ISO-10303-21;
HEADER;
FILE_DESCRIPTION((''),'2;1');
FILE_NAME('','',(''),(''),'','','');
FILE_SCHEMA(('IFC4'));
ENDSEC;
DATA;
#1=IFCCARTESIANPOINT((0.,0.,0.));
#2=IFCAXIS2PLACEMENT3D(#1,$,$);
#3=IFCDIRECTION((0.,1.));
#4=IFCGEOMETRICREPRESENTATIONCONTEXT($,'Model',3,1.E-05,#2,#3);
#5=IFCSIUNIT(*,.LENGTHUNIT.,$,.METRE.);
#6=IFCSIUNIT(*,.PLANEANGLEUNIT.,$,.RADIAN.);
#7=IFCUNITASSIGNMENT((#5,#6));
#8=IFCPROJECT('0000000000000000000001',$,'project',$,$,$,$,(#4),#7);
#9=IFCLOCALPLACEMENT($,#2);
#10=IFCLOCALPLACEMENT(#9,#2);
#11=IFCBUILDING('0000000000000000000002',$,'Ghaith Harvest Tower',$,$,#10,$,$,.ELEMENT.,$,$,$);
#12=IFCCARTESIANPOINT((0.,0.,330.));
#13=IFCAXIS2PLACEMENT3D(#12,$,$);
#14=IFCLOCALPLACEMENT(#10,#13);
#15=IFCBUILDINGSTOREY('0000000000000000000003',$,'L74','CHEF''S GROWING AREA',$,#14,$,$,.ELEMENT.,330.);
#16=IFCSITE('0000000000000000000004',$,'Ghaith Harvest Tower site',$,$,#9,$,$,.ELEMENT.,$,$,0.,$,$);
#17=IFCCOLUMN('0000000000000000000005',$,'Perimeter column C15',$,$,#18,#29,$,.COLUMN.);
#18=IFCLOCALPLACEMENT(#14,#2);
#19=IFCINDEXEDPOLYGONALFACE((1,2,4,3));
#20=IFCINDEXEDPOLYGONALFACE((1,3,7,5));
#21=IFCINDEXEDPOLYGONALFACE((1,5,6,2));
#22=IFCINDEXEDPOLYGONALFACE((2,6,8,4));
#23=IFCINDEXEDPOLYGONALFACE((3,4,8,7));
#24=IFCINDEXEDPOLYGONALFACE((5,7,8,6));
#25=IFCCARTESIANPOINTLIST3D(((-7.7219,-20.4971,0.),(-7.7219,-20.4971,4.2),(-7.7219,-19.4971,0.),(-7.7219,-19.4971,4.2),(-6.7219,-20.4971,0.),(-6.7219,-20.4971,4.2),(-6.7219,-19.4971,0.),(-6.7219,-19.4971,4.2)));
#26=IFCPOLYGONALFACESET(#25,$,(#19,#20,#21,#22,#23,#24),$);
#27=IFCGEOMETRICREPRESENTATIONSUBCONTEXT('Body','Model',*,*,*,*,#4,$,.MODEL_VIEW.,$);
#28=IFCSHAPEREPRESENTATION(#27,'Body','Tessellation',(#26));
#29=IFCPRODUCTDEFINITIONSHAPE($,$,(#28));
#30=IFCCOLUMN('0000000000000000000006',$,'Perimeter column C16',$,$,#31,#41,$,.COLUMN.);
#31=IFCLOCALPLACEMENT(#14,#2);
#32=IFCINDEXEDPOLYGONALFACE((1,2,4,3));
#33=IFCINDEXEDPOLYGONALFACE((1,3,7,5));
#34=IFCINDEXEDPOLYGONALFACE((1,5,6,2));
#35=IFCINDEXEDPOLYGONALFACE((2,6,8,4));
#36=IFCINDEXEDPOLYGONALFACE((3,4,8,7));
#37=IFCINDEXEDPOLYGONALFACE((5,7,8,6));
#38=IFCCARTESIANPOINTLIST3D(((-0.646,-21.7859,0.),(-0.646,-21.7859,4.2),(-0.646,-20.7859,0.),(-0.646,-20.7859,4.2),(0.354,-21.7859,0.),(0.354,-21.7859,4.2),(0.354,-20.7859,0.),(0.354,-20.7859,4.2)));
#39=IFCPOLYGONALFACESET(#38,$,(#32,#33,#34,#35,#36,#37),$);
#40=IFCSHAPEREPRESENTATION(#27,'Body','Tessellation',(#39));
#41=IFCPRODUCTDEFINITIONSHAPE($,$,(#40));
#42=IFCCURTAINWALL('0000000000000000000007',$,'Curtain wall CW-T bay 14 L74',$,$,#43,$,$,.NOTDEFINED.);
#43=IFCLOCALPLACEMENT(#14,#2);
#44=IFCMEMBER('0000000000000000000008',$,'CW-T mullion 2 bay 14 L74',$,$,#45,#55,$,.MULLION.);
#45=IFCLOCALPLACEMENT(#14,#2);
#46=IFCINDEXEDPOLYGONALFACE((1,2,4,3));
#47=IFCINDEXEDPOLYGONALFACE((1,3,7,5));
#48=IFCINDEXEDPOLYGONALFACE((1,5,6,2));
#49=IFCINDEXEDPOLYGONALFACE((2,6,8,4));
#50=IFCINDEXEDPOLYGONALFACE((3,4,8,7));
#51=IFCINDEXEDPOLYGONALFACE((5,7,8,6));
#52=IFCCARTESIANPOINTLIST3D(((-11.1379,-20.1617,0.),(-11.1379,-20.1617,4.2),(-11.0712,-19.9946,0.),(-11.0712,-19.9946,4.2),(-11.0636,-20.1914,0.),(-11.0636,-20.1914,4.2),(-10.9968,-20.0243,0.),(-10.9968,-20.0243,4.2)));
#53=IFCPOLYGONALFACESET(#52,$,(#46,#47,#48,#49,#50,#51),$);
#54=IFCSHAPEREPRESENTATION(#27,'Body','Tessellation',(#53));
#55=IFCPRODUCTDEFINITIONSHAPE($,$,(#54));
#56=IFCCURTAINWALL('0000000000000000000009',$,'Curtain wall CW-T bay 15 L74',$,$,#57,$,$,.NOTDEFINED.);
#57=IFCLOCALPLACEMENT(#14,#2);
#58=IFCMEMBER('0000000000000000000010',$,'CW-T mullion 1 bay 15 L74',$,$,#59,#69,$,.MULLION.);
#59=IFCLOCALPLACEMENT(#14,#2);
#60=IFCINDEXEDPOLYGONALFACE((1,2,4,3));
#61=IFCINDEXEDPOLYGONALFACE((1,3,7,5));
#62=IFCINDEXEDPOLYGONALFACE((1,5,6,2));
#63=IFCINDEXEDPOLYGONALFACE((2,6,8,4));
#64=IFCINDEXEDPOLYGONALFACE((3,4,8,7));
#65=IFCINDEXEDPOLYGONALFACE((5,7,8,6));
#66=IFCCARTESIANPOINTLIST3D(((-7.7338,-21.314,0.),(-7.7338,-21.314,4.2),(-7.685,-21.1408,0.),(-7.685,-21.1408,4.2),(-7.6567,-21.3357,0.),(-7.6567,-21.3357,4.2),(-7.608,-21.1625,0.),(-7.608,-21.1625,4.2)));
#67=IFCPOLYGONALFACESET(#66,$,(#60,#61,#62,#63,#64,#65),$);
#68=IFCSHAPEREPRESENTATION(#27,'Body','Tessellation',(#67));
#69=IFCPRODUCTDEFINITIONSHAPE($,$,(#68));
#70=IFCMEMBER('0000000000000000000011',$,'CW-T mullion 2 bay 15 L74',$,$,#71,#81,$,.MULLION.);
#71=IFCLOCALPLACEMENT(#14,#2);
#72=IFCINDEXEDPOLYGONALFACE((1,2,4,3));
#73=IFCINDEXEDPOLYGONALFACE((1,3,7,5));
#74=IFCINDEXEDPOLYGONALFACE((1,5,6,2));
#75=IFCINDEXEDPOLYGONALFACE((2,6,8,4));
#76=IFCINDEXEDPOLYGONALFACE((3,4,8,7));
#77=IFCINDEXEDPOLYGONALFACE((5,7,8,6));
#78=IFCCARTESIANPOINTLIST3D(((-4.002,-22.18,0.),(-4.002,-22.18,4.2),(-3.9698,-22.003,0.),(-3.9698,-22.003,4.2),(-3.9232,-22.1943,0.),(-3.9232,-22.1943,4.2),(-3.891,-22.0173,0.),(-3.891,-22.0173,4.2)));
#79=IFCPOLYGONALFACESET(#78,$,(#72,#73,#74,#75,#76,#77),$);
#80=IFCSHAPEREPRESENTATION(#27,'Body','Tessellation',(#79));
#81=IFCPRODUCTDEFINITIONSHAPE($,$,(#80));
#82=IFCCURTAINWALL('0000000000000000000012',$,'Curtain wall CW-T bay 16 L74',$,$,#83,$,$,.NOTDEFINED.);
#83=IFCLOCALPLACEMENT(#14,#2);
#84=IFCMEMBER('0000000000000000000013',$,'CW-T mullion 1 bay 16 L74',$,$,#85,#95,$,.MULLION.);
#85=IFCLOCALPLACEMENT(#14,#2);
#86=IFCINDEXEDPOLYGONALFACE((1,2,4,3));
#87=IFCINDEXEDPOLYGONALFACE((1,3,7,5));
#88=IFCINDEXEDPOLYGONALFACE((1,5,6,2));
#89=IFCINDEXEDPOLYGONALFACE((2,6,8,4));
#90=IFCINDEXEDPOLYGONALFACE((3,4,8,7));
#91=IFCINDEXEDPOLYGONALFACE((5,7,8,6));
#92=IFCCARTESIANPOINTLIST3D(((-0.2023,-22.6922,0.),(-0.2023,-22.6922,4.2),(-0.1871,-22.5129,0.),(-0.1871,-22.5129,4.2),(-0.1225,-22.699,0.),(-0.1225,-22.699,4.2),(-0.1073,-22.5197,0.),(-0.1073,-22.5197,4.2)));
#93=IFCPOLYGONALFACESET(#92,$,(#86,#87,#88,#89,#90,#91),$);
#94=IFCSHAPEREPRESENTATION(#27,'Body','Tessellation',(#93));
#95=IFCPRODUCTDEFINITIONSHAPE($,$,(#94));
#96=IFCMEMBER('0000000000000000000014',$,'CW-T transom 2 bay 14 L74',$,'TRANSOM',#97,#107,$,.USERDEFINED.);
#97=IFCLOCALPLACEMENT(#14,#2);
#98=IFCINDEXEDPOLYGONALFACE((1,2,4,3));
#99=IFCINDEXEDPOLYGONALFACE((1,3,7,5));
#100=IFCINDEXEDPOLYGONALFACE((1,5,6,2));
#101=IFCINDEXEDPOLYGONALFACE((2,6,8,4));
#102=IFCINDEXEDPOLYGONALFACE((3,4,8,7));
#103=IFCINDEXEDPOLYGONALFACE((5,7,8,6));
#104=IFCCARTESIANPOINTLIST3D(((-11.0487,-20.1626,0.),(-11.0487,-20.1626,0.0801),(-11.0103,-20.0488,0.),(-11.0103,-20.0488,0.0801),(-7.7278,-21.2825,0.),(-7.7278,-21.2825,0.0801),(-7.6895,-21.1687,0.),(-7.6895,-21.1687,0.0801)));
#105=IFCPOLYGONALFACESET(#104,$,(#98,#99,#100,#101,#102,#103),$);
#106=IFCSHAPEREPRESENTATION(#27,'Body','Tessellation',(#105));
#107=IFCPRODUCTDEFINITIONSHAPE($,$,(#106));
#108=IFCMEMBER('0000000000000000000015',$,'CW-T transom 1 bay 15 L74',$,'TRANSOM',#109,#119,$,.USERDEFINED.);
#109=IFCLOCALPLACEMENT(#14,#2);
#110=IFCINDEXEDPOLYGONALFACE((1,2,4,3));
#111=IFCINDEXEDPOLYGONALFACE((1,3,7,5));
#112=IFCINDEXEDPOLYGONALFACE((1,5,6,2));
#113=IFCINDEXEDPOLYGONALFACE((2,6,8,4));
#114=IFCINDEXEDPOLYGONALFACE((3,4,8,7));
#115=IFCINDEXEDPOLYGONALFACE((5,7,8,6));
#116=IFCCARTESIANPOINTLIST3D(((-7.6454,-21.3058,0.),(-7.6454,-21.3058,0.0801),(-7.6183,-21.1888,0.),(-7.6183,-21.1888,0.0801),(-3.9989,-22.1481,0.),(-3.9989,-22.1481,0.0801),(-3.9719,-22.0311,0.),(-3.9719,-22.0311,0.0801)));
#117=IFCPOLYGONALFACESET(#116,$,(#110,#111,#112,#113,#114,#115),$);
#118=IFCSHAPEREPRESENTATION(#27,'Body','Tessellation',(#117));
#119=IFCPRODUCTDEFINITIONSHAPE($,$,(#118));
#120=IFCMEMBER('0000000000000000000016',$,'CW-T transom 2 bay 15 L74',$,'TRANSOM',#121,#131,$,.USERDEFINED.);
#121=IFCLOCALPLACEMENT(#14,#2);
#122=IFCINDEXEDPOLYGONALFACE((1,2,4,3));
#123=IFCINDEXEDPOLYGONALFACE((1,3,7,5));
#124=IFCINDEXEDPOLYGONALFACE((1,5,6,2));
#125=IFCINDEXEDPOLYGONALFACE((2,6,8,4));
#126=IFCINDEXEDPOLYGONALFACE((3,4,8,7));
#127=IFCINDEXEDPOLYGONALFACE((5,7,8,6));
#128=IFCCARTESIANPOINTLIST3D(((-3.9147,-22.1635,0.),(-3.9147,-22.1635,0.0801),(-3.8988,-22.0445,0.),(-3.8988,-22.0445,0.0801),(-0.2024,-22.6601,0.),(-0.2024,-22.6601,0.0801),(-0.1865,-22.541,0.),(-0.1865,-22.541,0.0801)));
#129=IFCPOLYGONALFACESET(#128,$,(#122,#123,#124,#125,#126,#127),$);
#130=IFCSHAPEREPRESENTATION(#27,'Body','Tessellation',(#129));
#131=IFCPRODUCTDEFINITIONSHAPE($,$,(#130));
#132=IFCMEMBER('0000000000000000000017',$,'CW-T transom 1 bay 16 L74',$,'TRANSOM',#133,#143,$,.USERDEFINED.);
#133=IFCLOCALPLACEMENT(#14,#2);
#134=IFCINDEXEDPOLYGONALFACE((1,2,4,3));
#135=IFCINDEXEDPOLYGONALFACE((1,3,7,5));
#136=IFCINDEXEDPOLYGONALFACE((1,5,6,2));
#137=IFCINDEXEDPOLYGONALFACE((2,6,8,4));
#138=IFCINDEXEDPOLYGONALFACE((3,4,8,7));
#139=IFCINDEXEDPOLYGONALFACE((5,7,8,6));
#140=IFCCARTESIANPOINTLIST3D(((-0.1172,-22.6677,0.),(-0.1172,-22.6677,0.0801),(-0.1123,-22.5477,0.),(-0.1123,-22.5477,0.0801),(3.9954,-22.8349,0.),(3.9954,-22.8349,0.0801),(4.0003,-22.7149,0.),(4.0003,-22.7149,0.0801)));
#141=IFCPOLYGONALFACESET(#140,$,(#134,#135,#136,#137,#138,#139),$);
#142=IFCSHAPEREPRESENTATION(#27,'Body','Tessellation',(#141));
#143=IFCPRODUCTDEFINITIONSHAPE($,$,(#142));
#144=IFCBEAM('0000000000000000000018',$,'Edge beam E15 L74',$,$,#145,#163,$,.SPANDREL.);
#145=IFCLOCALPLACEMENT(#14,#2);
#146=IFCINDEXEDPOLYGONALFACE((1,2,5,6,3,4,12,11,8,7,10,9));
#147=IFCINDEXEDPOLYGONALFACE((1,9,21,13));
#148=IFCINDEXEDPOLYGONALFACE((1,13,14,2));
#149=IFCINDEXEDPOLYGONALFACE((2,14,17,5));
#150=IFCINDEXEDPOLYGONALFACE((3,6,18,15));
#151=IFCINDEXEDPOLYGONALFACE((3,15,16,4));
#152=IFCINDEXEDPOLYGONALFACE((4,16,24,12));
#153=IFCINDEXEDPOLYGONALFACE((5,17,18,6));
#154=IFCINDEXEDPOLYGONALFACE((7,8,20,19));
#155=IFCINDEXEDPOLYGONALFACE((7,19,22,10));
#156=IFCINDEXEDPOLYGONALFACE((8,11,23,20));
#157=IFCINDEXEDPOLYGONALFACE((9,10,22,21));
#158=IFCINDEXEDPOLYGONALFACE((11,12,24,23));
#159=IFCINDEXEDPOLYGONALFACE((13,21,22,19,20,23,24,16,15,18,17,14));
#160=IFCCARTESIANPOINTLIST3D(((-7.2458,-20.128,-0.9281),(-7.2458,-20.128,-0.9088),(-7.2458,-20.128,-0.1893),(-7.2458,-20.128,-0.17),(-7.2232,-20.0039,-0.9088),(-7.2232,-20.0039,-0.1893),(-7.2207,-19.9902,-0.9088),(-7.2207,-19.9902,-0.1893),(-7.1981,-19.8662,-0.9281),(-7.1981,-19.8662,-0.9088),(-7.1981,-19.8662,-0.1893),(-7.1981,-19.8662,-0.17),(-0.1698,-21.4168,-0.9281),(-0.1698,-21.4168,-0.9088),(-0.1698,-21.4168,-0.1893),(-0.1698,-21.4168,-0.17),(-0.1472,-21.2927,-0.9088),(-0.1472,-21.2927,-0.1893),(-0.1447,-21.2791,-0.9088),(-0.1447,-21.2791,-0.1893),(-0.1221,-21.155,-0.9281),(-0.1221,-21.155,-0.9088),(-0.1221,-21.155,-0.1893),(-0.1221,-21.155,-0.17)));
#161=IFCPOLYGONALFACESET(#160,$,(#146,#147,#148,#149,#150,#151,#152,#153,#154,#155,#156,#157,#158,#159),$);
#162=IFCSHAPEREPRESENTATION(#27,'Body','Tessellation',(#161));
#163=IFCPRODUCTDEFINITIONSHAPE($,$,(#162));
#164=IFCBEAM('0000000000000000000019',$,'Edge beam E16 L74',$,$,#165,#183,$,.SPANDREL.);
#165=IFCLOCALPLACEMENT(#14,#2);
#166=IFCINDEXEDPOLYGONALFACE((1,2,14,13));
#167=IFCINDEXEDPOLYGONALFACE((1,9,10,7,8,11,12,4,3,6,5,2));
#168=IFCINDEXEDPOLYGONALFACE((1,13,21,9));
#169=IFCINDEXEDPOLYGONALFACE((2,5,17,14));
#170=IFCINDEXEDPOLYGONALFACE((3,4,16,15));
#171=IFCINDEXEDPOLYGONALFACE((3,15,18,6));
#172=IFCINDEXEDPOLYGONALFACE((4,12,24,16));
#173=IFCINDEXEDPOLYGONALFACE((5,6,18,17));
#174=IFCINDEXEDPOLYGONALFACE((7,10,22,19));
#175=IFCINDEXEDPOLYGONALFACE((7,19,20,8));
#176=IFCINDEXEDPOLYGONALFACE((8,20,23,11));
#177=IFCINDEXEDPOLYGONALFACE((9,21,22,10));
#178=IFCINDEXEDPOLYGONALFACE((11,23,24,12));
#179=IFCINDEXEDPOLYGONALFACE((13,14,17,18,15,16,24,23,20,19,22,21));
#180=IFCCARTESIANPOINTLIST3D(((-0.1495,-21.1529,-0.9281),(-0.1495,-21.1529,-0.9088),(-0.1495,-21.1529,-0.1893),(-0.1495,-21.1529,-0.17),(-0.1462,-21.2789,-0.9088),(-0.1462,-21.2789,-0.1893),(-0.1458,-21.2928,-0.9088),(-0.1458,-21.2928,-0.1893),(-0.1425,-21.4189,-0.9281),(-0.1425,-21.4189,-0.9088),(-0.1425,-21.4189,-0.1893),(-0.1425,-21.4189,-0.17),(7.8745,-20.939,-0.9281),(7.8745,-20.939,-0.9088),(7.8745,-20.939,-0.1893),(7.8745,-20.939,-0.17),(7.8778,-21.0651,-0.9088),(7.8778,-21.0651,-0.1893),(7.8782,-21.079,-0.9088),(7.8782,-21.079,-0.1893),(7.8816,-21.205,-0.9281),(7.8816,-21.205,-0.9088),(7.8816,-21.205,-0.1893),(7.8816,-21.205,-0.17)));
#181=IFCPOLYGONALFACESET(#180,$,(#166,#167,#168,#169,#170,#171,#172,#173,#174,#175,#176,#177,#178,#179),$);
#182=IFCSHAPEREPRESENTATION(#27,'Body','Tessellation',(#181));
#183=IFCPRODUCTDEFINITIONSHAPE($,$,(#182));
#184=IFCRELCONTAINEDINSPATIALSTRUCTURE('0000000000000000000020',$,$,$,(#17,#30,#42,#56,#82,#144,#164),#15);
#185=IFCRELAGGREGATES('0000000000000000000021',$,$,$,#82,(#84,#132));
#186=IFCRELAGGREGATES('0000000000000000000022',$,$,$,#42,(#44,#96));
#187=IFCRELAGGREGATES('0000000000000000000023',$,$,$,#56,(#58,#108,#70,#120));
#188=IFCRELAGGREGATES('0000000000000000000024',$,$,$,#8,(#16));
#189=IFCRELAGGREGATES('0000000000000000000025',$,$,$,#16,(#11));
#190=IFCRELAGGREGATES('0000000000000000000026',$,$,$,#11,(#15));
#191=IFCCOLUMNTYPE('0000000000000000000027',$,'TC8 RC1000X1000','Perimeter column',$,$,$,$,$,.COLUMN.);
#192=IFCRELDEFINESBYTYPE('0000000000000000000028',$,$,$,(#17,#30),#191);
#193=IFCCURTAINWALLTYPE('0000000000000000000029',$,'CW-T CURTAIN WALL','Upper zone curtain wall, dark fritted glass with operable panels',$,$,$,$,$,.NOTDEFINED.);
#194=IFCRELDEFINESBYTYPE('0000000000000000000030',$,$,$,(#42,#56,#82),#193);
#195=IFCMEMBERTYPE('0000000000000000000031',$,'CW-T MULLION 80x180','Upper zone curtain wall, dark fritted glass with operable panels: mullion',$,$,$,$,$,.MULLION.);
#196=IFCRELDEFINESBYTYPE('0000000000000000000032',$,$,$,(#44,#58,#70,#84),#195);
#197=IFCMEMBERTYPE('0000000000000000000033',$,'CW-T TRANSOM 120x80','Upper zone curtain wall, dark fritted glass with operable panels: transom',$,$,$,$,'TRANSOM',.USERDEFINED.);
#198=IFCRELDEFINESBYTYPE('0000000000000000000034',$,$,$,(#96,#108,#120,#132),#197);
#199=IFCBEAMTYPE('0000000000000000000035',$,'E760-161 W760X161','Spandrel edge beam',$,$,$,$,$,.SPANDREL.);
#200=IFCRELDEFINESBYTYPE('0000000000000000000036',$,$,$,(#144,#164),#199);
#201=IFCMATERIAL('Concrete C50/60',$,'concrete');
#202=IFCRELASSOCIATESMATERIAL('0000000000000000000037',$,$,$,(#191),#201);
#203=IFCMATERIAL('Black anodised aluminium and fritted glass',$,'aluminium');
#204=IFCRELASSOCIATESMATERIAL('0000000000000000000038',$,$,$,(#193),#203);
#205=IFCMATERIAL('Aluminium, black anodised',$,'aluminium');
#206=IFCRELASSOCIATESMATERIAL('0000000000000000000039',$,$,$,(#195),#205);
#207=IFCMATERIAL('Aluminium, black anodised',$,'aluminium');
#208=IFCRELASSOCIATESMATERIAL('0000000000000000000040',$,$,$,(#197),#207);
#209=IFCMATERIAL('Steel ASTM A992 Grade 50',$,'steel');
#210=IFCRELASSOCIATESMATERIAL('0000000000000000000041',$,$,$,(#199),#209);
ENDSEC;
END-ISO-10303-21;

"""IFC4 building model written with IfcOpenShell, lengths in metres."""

from ifc_helpers import new_model, si_unit, direction, frame, origin, origin_2d, place, context, subcontext, project, spatial, rectangle, i_section, extrude, material, material_profile, profile_set, type_object, element, aggregate, save


model = new_model("IFC4")

# Units and contexts
model_context = context("Model", 3, precision=1e-05, world=origin(), true_north=direction((0.0, 1.0)))
body_context = subcontext(model_context, "Body", "Model", "MODEL_VIEW")
ifc_project = project(units=[si_unit("LENGTHUNIT", "METRE"), si_unit("PLANEANGLEUNIT", "RADIAN")], contexts=[model_context])

# Site, building, storey
site_placement = place(None, origin())
site = spatial("IfcSite", under=ifc_project, at=site_placement, Name="Ghaith Harvest Tower site", CompositionType="ELEMENT", RefElevation=0.0)
building_placement = place(site_placement, origin())
building = spatial("IfcBuilding", under=site, at=building_placement, Name="Ghaith Harvest Tower", CompositionType="ELEMENT")
storey_placement = place(building_placement, frame((0.0, 0.0, 330.0)))
storey = spatial("IfcBuildingStorey", under=building, at=storey_placement, Name="L74", Description="CHEF'S GROWING AREA", CompositionType="ELEMENT", Elevation=330.0)

# Columns
ifc_material_1 = material(Name="Concrete C50/60", Category="concrete")
ifc_material_profile_1 = material_profile(ifc_material_1, rectangle(XDim=1.0, YDim=1.0, at=origin_2d()), Name="RC1000X1000")
ifc_profile_set_1 = profile_set([ifc_material_profile_1], Name="Concrete C50/60")
column_type = type_object("IfcColumnType", Name="TC8 RC1000X1000", Description="Perimeter column", PredefinedType="COLUMN", material=ifc_profile_set_1)
for number, where, z_axis, x_axis, name in (
    (1, (-7.2219, -19.9971, 0.0), (0.0, 0.0, 1.0), (1.0, 0.0, 0.0), "Perimeter column C15"),
    (2, (-0.146, -21.2859, 0.0), (0.0, 0.0, 1.0), (1.0, 0.0, 0.0), "Perimeter column C16"),
):
    element("IfcColumn", number, at=place(storey_placement, frame(where, z_axis=z_axis, x_axis=x_axis)), inside=storey, type_object=column_type, Name=name, PredefinedType="COLUMN", context=body_context, shape_type="SweptSolid", body=[
        extrude(rectangle(XDim=1.0, YDim=1.0, at=origin_2d()), origin(), (0.0, 0.0, 1.0), 4.2),
    ])

# Curtain wall, member
ifc_material_2 = material(Name="Black anodised aluminium and fritted glass", Category="aluminium")
curtain_wall_type = type_object("IfcCurtainWallType", Name="CW-T CURTAIN WALL", Description="Upper zone curtain wall, dark fritted glass with operable panels", PredefinedType="NOTDEFINED", material=ifc_material_2)
curtain_wall_1_placement = place(storey_placement, origin())
curtain_wall_1 = element("IfcCurtainWall", 3, at=curtain_wall_1_placement, inside=storey, type_object=curtain_wall_type, Name="Curtain wall CW-T bay 14 L74", PredefinedType="NOTDEFINED")
ifc_material_3 = material(Name="Aluminium, black anodised", Category="aluminium")
ifc_material_profile_2 = material_profile(ifc_material_3, rectangle(XDim=0.0801, YDim=0.1799, at=origin_2d()), Name="CW-T MULLION 80x180")
ifc_profile_set_2 = profile_set([ifc_material_profile_2], Name="Aluminium, black anodised")
member_type_1 = type_object("IfcMemberType", Name="CW-T MULLION 80x180", Description="Upper zone curtain wall, dark fritted glass with operable panels: mullion", PredefinedType="MULLION", material=ifc_profile_set_2)
member_1_placement = place(storey_placement, frame((-11.0674, -20.093, 0.0), z_axis=(0.0, 0.0, 1.0), x_axis=(0.928624, -0.371021, 0.0)))
member_1 = element("IfcMember", 4, at=member_1_placement, type_object=member_type_1, Name="CW-T mullion 2 bay 14 L74", PredefinedType="MULLION", context=body_context, shape_type="SweptSolid", body=[
    extrude(rectangle(XDim=0.0801, YDim=0.1799, at=origin_2d()), origin(), (0.0, 0.0, 1.0), 4.2),
])

# Curtain wall, members
curtain_wall_2_placement = place(storey_placement, origin())
curtain_wall_2 = element("IfcCurtainWall", 5, at=curtain_wall_2_placement, inside=storey, type_object=curtain_wall_type, Name="Curtain wall CW-T bay 15 L74", PredefinedType="NOTDEFINED")
member_2_placement = place(storey_placement, frame((-7.6709, -21.2383, 0.0), z_axis=(0.0, 0.0, 1.0), x_axis=(0.962552, -0.271095, 0.0)))
member_2 = element("IfcMember", 6, at=member_2_placement, type_object=member_type_1, Name="CW-T mullion 1 bay 15 L74", PredefinedType="MULLION", context=body_context, shape_type="SweptSolid", body=[
    extrude(rectangle(XDim=0.0801, YDim=0.1799, at=origin_2d()), origin(), (0.0, 0.0, 1.0), 4.2),
])
member_3_placement = place(storey_placement, frame((-3.9465, -22.0986, 0.0), z_axis=(0.0, 0.0, 1.0), x_axis=(0.983843, -0.179031, 0.0)))
member_3 = element("IfcMember", 7, at=member_3_placement, type_object=member_type_1, Name="CW-T mullion 2 bay 15 L74", PredefinedType="MULLION", context=body_context, shape_type="SweptSolid", body=[
    extrude(rectangle(XDim=0.0801, YDim=0.1799, at=origin_2d()), origin(), (0.0, 0.0, 1.0), 4.2),
])

# Curtain wall, member
curtain_wall_3_placement = place(storey_placement, origin())
curtain_wall_3 = element("IfcCurtainWall", 8, at=curtain_wall_3_placement, inside=storey, type_object=curtain_wall_type, Name="Curtain wall CW-T bay 16 L74", PredefinedType="NOTDEFINED")
member_4_placement = place(storey_placement, frame((-0.1548, -22.606, 0.0), z_axis=(0.0, 0.0, 1.0), x_axis=(0.996415, -0.084602, 0.0)))
member_4 = element("IfcMember", 9, at=member_4_placement, type_object=member_type_1, Name="CW-T mullion 1 bay 16 L74", PredefinedType="MULLION", context=body_context, shape_type="SweptSolid", body=[
    extrude(rectangle(XDim=0.0801, YDim=0.1799, at=origin_2d()), origin(), (0.0, 0.0, 1.0), 4.2),
])

# Members
ifc_material_4 = material(Name="Aluminium, black anodised", Category="aluminium")
ifc_material_profile_3 = material_profile(ifc_material_4, rectangle(XDim=0.1201, YDim=0.0801, at=origin_2d()), Name="CW-T TRANSOM 120x80")
ifc_profile_set_3 = profile_set([ifc_material_profile_3], Name="Aluminium, black anodised")
member_type_2 = type_object("IfcMemberType", Name="CW-T TRANSOM 120x80", Description="Upper zone curtain wall, dark fritted glass with operable panels: transom", ElementType="TRANSOM", PredefinedType="USERDEFINED", material=ifc_profile_set_3)
member_5_placement = place(storey_placement, frame((-11.0295, -20.1057, 0.04), z_axis=(0.94757, -0.319549, 0.0), x_axis=(0.319549, 0.94757, 0.0)))
member_5 = element("IfcMember", 10, at=member_5_placement, type_object=member_type_2, Name="CW-T transom 2 bay 14 L74", ObjectType="TRANSOM", PredefinedType="USERDEFINED", context=body_context, shape_type="SweptSolid", body=[
    extrude(rectangle(XDim=0.1201, YDim=0.0801, at=origin_2d()), origin(), (0.0, 0.0, 1.0), 3.5046),
])
member_6_placement = place(storey_placement, frame((-7.6318, -21.2473, 0.04), z_axis=(0.974345, -0.22506, 0.0), x_axis=(0.22506, 0.974345, 0.0)))
member_6 = element("IfcMember", 11, at=member_6_placement, type_object=member_type_2, Name="CW-T transom 1 bay 15 L74", ObjectType="TRANSOM", PredefinedType="USERDEFINED", context=body_context, shape_type="SweptSolid", body=[
    extrude(rectangle(XDim=0.1201, YDim=0.0801, at=origin_2d()), origin(), (0.0, 0.0, 1.0), 3.7424),
])
member_7_placement = place(storey_placement, frame((-3.9067, -22.104, 0.04), z_axis=(0.991172, -0.132582, 0.0), x_axis=(0.132582, 0.991172, 0.0)))
member_7 = element("IfcMember", 12, at=member_7_placement, type_object=member_type_2, Name="CW-T transom 2 bay 15 L74", ObjectType="TRANSOM", PredefinedType="USERDEFINED", context=body_context, shape_type="SweptSolid", body=[
    extrude(rectangle(XDim=0.1201, YDim=0.0801, at=origin_2d()), origin(), (0.0, 0.0, 1.0), 3.7454),
])
member_8_placement = place(storey_placement, frame((-0.1147, -22.6077, 0.04), z_axis=(0.999174, -0.040631, 0.0), x_axis=(0.040631, 0.999174, 0.0)))
member_8 = element("IfcMember", 13, at=member_8_placement, type_object=member_type_2, Name="CW-T transom 1 bay 16 L74", ObjectType="TRANSOM", PredefinedType="USERDEFINED", context=body_context, shape_type="SweptSolid", body=[
    extrude(rectangle(XDim=0.1201, YDim=0.0801, at=origin_2d()), origin(), (0.0, 0.0, 1.0), 4.116),
])
aggregate(curtain_wall_3, [member_4, member_8])

# Beams
ifc_material_5 = material(Name="Steel ASTM A992 Grade 50", Category="steel")
ifc_material_profile_4 = material_profile(ifc_material_5, i_section(OverallWidth=0.2661, OverallDepth=0.7581, WebThickness=0.0139, FlangeThickness=0.0193, at=origin_2d()), Name="W760X161")
ifc_profile_set_4 = profile_set([ifc_material_profile_4], Name="Steel ASTM A992 Grade 50")
beam_type_1 = type_object("IfcBeamType", Name="E760-161 W760X161", Description="Spandrel edge beam", PredefinedType="SPANDREL", material=ifc_profile_set_4)
beam_1_placement = place(storey_placement, frame((-7.2219, -19.9971, -0.5491), z_axis=(0.983814, -0.179193, 0.0), x_axis=(0.179193, 0.983814, 0.0)))
element("IfcBeam", 14, at=beam_1_placement, inside=storey, type_object=beam_type_1, Name="Edge beam E15 L74", PredefinedType="SPANDREL", context=body_context, shape_type="SweptSolid", body=[
    extrude(i_section(OverallWidth=0.2661, OverallDepth=0.7581, WebThickness=0.0139, FlangeThickness=0.0193, at=origin_2d()), origin(), (0.0, 0.0, 1.0), 7.1924),
])
beam_2_placement = place(storey_placement, frame((-0.146, -21.2859, -0.5491), z_axis=(0.999645, 0.026644, 0.0), x_axis=(-0.026644, 0.999645, 0.0)))
element("IfcBeam", 15, at=beam_2_placement, inside=storey, type_object=beam_type_1, Name="Edge beam E16 L74", PredefinedType="SPANDREL", context=body_context, shape_type="SweptSolid", body=[
    extrude(i_section(OverallWidth=0.2661, OverallDepth=0.7581, WebThickness=0.0139, FlangeThickness=0.0193, at=origin_2d()), origin(), (0.0, 0.0, 1.0), 8.0269),
])

aggregate(curtain_wall_1, [member_1, member_5])
aggregate(curtain_wall_2, [member_2, member_6, member_3, member_7])

save(model, "model.ifc")
